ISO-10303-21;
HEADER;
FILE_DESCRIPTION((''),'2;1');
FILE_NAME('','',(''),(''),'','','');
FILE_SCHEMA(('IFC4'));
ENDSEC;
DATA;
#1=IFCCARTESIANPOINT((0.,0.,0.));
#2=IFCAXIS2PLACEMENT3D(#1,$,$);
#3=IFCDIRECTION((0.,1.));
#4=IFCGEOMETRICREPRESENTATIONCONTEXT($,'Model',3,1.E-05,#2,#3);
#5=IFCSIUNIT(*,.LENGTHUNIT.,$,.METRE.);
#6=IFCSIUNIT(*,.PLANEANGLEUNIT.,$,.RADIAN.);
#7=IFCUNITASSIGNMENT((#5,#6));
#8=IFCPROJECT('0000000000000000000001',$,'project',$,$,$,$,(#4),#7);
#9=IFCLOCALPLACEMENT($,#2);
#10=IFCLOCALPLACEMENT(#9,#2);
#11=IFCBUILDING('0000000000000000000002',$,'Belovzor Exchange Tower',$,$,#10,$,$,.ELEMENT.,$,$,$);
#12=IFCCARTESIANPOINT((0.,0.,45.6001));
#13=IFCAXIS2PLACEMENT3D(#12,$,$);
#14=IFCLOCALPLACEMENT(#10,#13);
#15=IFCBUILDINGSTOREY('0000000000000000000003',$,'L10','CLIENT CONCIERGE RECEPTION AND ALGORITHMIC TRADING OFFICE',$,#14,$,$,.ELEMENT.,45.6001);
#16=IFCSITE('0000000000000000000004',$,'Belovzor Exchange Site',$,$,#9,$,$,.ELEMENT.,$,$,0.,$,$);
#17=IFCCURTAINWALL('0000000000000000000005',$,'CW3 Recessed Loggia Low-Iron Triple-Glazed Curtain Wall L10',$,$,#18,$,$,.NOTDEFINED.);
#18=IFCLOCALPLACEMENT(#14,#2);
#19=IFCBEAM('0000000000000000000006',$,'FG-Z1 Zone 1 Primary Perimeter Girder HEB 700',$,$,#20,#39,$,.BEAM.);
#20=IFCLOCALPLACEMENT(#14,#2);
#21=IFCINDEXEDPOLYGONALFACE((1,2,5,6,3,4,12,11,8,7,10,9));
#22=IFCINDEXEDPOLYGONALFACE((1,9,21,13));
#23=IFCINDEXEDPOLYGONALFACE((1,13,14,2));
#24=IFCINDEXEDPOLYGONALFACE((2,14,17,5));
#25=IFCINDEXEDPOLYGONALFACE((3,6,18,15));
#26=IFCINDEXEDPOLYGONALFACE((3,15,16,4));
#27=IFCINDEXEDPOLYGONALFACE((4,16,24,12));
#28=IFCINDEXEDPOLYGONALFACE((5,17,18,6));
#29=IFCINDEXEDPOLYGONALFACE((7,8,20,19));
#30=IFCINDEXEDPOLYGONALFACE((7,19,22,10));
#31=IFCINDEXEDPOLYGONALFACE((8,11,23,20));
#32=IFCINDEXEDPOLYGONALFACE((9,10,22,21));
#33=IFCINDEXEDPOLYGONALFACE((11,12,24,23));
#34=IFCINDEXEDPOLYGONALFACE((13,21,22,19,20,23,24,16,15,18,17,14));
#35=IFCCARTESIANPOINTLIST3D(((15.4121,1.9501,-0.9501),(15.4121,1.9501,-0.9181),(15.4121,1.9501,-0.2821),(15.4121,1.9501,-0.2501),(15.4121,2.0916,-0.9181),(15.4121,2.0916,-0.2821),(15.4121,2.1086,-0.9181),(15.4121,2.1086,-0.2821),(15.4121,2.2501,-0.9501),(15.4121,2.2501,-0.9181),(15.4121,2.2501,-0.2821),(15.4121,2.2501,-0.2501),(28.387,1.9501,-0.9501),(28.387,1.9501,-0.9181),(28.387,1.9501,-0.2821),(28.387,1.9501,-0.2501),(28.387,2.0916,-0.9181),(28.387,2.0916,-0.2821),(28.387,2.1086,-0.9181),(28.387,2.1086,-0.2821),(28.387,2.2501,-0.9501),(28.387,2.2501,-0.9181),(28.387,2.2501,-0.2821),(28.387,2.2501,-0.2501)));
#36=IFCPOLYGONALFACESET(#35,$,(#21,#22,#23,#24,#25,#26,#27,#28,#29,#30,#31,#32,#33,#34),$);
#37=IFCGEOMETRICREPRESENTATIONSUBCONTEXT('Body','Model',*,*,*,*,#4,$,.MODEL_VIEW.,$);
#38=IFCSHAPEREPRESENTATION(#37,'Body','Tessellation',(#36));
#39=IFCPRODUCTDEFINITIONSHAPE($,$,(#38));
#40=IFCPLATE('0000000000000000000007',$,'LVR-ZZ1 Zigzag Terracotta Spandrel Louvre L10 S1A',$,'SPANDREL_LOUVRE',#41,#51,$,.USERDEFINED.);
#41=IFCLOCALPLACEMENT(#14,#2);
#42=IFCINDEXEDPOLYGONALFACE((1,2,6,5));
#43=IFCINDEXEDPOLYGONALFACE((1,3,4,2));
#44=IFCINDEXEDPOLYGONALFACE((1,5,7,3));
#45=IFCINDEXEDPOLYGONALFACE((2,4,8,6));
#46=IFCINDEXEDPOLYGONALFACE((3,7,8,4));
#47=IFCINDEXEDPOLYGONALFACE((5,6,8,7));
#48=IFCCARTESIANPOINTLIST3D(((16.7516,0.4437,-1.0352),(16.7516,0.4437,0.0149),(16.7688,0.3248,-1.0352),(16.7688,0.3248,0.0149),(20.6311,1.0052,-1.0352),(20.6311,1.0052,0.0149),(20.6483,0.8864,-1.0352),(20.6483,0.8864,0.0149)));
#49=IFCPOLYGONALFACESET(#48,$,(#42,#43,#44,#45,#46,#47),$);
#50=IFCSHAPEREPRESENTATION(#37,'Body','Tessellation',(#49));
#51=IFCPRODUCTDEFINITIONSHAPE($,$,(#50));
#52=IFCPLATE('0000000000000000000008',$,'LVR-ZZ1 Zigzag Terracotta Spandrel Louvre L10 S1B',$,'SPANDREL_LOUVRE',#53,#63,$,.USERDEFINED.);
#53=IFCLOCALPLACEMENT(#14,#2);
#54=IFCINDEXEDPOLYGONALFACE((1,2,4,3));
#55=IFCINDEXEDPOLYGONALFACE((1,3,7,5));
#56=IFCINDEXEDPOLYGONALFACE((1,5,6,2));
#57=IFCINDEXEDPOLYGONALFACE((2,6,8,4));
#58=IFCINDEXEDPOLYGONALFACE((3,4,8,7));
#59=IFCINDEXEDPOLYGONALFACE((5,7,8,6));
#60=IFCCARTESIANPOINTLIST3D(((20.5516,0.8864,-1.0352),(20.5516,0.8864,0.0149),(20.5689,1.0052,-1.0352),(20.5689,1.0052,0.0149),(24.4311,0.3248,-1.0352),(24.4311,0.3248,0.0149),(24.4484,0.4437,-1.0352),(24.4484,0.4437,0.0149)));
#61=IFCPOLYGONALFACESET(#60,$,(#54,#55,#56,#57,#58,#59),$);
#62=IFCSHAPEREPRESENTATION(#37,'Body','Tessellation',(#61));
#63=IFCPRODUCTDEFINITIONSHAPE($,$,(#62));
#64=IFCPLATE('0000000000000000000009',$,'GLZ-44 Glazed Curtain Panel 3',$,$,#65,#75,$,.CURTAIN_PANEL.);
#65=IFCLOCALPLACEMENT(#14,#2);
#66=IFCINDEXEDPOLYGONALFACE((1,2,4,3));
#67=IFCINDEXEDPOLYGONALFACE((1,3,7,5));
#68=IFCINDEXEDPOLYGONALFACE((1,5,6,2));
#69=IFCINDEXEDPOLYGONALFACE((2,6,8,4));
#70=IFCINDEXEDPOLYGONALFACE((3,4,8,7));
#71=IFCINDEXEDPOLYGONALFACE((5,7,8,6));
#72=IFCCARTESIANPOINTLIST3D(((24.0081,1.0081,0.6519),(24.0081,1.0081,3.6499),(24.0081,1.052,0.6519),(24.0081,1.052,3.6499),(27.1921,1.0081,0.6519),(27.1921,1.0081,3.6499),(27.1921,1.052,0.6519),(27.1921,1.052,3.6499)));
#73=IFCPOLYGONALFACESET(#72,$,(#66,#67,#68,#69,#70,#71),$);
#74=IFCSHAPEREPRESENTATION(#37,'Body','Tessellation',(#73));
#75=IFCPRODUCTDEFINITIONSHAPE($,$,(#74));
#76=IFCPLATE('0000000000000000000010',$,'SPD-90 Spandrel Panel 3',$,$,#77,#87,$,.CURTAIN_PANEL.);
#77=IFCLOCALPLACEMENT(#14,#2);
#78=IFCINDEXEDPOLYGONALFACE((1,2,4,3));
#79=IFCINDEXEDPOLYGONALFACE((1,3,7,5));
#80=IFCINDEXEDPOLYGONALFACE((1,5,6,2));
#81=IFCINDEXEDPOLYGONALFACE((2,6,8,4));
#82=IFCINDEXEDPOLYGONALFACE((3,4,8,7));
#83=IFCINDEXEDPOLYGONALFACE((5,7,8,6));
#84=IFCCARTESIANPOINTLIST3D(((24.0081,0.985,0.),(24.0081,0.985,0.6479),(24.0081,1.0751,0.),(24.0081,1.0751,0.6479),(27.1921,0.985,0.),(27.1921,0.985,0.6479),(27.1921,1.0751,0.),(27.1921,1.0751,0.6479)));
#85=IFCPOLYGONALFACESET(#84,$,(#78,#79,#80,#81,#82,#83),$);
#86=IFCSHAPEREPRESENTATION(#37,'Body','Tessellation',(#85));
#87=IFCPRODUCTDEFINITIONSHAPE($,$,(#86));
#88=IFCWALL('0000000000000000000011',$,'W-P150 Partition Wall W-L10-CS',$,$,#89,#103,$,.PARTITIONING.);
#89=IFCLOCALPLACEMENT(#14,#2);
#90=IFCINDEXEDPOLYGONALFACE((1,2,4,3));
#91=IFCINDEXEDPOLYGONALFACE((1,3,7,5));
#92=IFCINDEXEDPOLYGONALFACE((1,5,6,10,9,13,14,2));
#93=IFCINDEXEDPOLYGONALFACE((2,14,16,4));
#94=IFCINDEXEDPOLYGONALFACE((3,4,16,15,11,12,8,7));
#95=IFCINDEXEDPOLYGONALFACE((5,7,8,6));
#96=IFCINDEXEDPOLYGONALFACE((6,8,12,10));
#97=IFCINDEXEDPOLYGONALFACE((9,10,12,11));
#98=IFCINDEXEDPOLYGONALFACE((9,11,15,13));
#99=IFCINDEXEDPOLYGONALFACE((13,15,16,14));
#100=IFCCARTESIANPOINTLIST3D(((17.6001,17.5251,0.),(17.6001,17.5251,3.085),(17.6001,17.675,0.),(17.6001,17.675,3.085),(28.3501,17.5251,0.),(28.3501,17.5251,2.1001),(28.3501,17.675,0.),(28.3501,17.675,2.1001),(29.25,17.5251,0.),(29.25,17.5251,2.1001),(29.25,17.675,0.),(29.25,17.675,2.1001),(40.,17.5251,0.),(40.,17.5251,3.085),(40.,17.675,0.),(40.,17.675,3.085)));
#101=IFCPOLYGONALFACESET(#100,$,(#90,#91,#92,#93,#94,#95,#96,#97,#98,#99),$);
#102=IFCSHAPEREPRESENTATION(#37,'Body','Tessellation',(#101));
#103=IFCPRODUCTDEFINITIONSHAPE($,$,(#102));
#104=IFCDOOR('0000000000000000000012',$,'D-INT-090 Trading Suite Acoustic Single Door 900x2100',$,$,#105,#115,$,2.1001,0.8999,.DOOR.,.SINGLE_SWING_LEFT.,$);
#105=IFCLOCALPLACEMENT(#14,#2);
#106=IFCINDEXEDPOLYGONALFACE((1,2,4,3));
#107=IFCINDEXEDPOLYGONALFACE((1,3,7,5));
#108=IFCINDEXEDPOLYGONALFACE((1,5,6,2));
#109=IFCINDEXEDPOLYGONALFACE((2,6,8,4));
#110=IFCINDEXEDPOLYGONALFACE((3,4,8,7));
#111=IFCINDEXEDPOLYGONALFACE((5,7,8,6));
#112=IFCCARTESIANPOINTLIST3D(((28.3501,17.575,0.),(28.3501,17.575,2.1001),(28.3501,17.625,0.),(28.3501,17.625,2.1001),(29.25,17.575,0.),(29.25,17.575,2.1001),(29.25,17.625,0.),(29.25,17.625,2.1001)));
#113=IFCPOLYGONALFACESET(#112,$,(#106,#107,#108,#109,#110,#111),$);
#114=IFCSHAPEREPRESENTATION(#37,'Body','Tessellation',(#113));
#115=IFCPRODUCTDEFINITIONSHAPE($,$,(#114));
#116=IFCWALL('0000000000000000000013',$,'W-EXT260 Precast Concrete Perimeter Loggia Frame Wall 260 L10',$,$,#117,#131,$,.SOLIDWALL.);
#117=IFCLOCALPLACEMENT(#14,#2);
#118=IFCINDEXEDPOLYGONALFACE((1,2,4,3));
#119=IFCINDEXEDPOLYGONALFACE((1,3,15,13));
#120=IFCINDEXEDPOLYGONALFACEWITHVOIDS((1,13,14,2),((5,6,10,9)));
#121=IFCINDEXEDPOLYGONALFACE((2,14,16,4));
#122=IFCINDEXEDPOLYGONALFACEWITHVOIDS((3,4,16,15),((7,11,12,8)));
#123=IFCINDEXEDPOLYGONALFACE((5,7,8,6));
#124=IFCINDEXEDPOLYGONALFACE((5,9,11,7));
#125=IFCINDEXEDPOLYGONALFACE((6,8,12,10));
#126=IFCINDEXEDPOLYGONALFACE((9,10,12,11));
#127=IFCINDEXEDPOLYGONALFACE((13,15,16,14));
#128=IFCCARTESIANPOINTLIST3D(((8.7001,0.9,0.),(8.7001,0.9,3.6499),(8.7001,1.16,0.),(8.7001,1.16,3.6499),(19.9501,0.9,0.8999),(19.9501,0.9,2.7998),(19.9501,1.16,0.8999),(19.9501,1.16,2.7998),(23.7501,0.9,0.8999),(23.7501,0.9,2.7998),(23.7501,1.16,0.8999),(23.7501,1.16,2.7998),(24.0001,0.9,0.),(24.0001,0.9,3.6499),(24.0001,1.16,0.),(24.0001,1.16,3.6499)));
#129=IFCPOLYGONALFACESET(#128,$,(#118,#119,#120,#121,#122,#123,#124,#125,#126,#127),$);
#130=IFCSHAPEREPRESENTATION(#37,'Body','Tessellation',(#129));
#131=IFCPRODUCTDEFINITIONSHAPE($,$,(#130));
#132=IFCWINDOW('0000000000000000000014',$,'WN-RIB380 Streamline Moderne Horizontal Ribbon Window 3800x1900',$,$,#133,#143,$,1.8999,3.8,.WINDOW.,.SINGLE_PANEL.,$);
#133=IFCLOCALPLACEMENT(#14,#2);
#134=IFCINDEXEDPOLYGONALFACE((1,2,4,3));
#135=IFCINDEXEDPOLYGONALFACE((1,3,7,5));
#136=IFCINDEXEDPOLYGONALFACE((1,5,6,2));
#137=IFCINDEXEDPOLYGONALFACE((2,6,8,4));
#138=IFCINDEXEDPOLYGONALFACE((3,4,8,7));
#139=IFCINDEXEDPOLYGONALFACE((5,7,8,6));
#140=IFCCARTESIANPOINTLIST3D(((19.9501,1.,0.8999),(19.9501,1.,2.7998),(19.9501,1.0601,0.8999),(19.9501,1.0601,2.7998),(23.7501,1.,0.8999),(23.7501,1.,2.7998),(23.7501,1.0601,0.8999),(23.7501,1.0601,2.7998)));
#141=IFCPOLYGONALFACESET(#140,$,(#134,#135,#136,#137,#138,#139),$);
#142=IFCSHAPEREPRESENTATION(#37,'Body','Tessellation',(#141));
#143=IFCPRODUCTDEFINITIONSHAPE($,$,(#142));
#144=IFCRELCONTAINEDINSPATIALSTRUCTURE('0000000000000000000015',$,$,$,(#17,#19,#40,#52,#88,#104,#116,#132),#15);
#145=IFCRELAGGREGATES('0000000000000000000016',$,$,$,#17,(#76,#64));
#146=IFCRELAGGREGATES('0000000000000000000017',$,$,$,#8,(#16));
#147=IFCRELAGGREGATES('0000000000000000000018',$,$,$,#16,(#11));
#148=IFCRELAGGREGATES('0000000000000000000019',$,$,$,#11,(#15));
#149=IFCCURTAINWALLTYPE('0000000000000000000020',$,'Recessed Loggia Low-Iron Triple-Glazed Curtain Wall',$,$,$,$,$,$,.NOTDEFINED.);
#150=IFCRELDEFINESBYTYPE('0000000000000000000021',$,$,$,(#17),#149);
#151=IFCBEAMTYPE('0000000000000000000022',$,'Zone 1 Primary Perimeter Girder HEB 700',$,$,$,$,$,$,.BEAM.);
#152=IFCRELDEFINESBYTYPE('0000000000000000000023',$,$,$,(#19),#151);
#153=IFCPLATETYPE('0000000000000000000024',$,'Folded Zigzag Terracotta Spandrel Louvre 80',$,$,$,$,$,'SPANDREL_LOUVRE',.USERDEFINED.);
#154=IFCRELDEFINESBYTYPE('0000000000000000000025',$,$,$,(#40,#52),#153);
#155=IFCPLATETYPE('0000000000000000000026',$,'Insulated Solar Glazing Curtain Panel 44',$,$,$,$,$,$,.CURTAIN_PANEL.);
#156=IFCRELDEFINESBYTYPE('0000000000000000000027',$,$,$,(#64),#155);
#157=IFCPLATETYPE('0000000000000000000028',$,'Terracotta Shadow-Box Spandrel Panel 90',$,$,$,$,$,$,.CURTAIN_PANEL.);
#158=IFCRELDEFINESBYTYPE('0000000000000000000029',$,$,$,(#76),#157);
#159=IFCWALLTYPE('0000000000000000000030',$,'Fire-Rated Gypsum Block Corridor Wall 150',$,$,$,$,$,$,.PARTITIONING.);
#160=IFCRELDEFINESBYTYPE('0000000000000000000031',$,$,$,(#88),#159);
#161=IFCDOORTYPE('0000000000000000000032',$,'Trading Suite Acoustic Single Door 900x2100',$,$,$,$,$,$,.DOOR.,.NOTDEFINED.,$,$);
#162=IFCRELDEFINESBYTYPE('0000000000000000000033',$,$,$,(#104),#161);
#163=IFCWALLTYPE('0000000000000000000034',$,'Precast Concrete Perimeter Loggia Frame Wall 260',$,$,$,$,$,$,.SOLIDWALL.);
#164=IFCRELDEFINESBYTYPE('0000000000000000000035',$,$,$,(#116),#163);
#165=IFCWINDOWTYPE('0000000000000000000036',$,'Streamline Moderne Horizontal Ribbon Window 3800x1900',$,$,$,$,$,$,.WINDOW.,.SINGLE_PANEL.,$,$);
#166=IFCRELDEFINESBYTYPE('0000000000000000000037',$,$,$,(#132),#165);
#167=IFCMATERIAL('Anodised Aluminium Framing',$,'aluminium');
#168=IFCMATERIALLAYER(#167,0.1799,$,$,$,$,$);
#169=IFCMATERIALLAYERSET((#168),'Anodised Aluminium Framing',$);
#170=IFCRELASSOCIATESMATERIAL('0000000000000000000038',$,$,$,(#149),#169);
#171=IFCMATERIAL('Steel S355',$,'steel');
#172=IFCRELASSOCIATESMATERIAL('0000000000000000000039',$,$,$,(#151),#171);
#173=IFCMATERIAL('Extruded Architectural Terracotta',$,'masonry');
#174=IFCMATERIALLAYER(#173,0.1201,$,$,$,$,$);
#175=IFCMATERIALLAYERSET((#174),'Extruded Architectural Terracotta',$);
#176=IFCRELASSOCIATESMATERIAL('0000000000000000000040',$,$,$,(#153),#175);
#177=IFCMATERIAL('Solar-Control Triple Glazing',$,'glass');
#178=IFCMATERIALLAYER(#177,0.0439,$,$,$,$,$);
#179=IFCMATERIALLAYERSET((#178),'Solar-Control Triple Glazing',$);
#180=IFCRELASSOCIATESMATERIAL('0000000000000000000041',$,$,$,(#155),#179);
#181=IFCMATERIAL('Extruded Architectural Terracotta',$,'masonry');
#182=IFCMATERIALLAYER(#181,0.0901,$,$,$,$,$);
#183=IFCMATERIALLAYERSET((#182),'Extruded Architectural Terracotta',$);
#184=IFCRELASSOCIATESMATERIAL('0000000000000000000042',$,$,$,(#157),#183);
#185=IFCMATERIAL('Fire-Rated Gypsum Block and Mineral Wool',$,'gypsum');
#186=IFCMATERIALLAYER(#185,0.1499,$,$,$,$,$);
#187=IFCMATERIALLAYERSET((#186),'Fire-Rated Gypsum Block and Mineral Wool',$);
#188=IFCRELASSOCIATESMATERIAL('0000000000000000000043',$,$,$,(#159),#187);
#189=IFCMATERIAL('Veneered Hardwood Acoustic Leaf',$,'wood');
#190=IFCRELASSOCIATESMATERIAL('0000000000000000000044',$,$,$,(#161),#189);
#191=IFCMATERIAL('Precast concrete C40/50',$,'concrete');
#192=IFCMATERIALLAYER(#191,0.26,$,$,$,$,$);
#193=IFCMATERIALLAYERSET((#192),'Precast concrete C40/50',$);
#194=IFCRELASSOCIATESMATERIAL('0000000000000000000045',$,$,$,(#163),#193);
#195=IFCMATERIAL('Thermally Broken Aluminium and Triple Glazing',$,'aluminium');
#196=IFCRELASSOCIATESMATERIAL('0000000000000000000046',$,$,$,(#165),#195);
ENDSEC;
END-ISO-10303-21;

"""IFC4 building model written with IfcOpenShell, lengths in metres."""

from ifc_helpers import new_model, si_unit, direction, frame, frame_2d, origin, origin_2d, place, context, subcontext, project, spatial, rectangle, i_section, extrude, material, layer, layer_set, material_profile, profile_set, type_object, element, fill, aggregate, save


model = new_model("IFC4")

# Units and contexts
model_context = context("Model", 3, precision=1e-05, world=origin(), true_north=direction((0.0, 1.0)))
body_context = subcontext(model_context, "Body", "Model", "MODEL_VIEW")
ifc_project = project(units=[si_unit("LENGTHUNIT", "METRE"), si_unit("PLANEANGLEUNIT", "RADIAN")], contexts=[model_context])

# Site, building, storey
site_placement = place(None, origin())
site = spatial("IfcSite", under=ifc_project, at=site_placement, Name="Belovzor Exchange Site", CompositionType="ELEMENT", RefElevation=0.0)
building_placement = place(site_placement, origin())
building = spatial("IfcBuilding", under=site, at=building_placement, Name="Belovzor Exchange Tower", CompositionType="ELEMENT")
storey_placement = place(building_placement, frame((0.0, 0.0, 45.6001)))
storey = spatial("IfcBuildingStorey", under=building, at=storey_placement, Name="L10", Description="CLIENT CONCIERGE RECEPTION AND ALGORITHMIC TRADING OFFICE", CompositionType="ELEMENT", Elevation=45.6001)

# Curtain wall
ifc_material_1 = material(Name="Anodised Aluminium Framing", Category="aluminium")
ifc_layer_1 = layer(ifc_material_1, 0.1799)
ifc_layer_set_1 = layer_set([ifc_layer_1], Name="Anodised Aluminium Framing")
curtain_wall_type = type_object("IfcCurtainWallType", Name="Recessed Loggia Low-Iron Triple-Glazed Curtain Wall", PredefinedType="NOTDEFINED", material=ifc_layer_set_1)
curtain_wall_placement = place(storey_placement, origin())
curtain_wall = element("IfcCurtainWall", 1, at=curtain_wall_placement, inside=storey, type_object=curtain_wall_type, Name="CW3 Recessed Loggia Low-Iron Triple-Glazed Curtain Wall L10", PredefinedType="NOTDEFINED")

# Beam
ifc_material_2 = material(Name="Steel S355", Category="steel")
ifc_material_profile_1 = material_profile(ifc_material_2, i_section(OverallWidth=0.3, OverallDepth=0.7, WebThickness=0.0171, FlangeThickness=0.032, at=origin_2d()))
ifc_profile_set_1 = profile_set([ifc_material_profile_1], Name="Steel S355")
beam_type_1 = type_object("IfcBeamType", Name="Zone 1 Primary Perimeter Girder HEB 700", PredefinedType="BEAM", material=ifc_profile_set_1)
beam_1_placement = place(storey_placement, frame((15.4121, 2.1001, -0.6001), z_axis=(1.0, 0.0, 0.0), x_axis=(0.0, 1.0, 0.0)))
element("IfcBeam", 2, at=beam_1_placement, inside=storey, type_object=beam_type_1, Name="FG-Z1 Zone 1 Primary Perimeter Girder HEB 700", PredefinedType="BEAM", context=body_context, shape_type="SweptSolid", body=[
    extrude(i_section(OverallWidth=0.3, OverallDepth=0.7, WebThickness=0.0171, FlangeThickness=0.032, at=origin_2d()), origin(), (0.0, 0.0, 1.0), 12.9749),
])

# Plates
ifc_material_3 = material(Name="Extruded Architectural Terracotta", Category="masonry")
ifc_layer_2 = layer(ifc_material_3, 0.1201)
ifc_layer_set_2 = layer_set([ifc_layer_2], Name="Extruded Architectural Terracotta")
plate_type_1 = type_object("IfcPlateType", Name="Folded Zigzag Terracotta Spandrel Louvre 80", ElementType="SPANDREL_LOUVRE", PredefinedType="USERDEFINED", material=ifc_layer_set_2)
for number, where, z_axis, x_axis, name in (
    (3, (18.7, 0.665, -1.0352), (0.0, 0.0, 1.0), (0.989686, 0.143251, 0.0), "LVR-ZZ1 Zigzag Terracotta Spandrel Louvre L10 S1A"),
    (4, (22.5, 0.665, -1.0352), (0.0, 0.0, 1.0), (0.989686, -0.143251, 0.0), "LVR-ZZ1 Zigzag Terracotta Spandrel Louvre L10 S1B"),
):
    element("IfcPlate", number, at=place(storey_placement, frame(where, z_axis=z_axis, x_axis=x_axis)), inside=storey, type_object=plate_type_1, Name=name, ObjectType="SPANDREL_LOUVRE", PredefinedType="USERDEFINED", context=body_context, shape_type="SweptSolid", body=[
        extrude(rectangle(XDim=3.9199, YDim=0.1201, at=origin_2d()), origin(), (0.0, 0.0, 1.0), 1.05),
    ])

# Plates
ifc_material_4 = material(Name="Solar-Control Triple Glazing", Category="glass")
ifc_layer_3 = layer(ifc_material_4, 0.0439)
ifc_layer_set_3 = layer_set([ifc_layer_3], Name="Solar-Control Triple Glazing")
plate_type_2 = type_object("IfcPlateType", Name="Insulated Solar Glazing Curtain Panel 44", PredefinedType="CURTAIN_PANEL", material=ifc_layer_set_3)
plate_1_placement = place(storey_placement, frame((25.6001, 1.03, 0.6519), z_axis=(0.0, 0.0, 1.0), x_axis=(-1.0, 0.0, 0.0)))
plate_1 = element("IfcPlate", 5, at=plate_1_placement, type_object=plate_type_2, Name="GLZ-44 Glazed Curtain Panel 3", PredefinedType="CURTAIN_PANEL", context=body_context, shape_type="SweptSolid", body=[
    extrude(rectangle(XDim=3.1841, YDim=0.0439, at=origin_2d()), origin(), (0.0, 0.0, 1.0), 2.998),
])
ifc_material_5 = material(Name="Extruded Architectural Terracotta", Category="masonry")
ifc_layer_4 = layer(ifc_material_5, 0.0901)
ifc_layer_set_4 = layer_set([ifc_layer_4], Name="Extruded Architectural Terracotta")
plate_type_3 = type_object("IfcPlateType", Name="Terracotta Shadow-Box Spandrel Panel 90", PredefinedType="CURTAIN_PANEL", material=ifc_layer_set_4)
plate_2_placement = place(storey_placement, frame((25.6001, 1.03, 0.0), z_axis=(0.0, 0.0, 1.0), x_axis=(-1.0, 0.0, 0.0)))
plate_2 = element("IfcPlate", 6, at=plate_2_placement, type_object=plate_type_3, Name="SPD-90 Spandrel Panel 3", PredefinedType="CURTAIN_PANEL", context=body_context, shape_type="SweptSolid", body=[
    extrude(rectangle(XDim=3.1841, YDim=0.0901, at=origin_2d()), origin(), (0.0, 0.0, 1.0), 0.6479),
])
aggregate(curtain_wall, [plate_2, plate_1])

# Wall, opening, door
ifc_material_6 = material(Name="Fire-Rated Gypsum Block and Mineral Wool", Category="gypsum")
ifc_layer_5 = layer(ifc_material_6, 0.1499)
ifc_layer_set_5 = layer_set([ifc_layer_5], Name="Fire-Rated Gypsum Block and Mineral Wool")
wall_type_1 = type_object("IfcWallType", Name="Fire-Rated Gypsum Block Corridor Wall 150", PredefinedType="PARTITIONING", material=ifc_layer_set_5)
wall_1_placement = place(storey_placement, frame((17.6001, 17.6001, 0.0), z_axis=(0.0, 0.0, 1.0), x_axis=(1.0, 0.0, 0.0)))
wall_1 = element("IfcWall", 7, at=wall_1_placement, inside=storey, type_object=wall_type_1, Name="W-P150 Partition Wall W-L10-CS", PredefinedType="PARTITIONING", context=body_context, shape_type="SweptSolid", body=[
    extrude(rectangle(XDim=22.3999, YDim=0.1499, at=frame_2d((11.2, 0.0))), origin(), (0.0, 0.0, 1.0), 3.085),
])
opening_1_placement = place(wall_1_placement, frame((10.75, 0.0, 0.0)))
opening_1 = element("IfcOpeningElement", 8, at=opening_1_placement, cuts=wall_1, PredefinedType="OPENING", context=body_context, shape_type="SweptSolid", body=[
    extrude(rectangle(XDim=0.8999, YDim=2.1001, at=frame_2d((0.45, 1.05))), frame((0.0, 0.085, 0.0), z_axis=(0.0, -1.0, 0.0), x_axis=(1.0, 0.0, 0.0)), (0.0, 0.0, 1.0), 0.1699),
])
ifc_material_7 = material(Name="Veneered Hardwood Acoustic Leaf", Category="wood")
door_type = type_object("IfcDoorType", Name="Trading Suite Acoustic Single Door 900x2100", OperationType="NOTDEFINED", PredefinedType="DOOR", material=ifc_material_7)
door_placement = place(opening_1_placement, origin())
door = element("IfcDoor", 9, at=door_placement, inside=storey, type_object=door_type, Name="D-INT-090 Trading Suite Acoustic Single Door 900x2100", OperationType="SINGLE_SWING_LEFT", OverallHeight=2.1001, OverallWidth=0.8999, PredefinedType="DOOR", context=body_context, shape_type="SweptSolid", body=[
    extrude(rectangle(XDim=0.8999, YDim=2.1001, at=frame_2d((0.45, 1.05))), frame((0.0, 0.0249, 0.0), z_axis=(0.0, -1.0, 0.0), x_axis=(1.0, 0.0, 0.0)), (0.0, 0.0, 1.0), 0.05),
])
fill(opening_1, door)

# Wall, opening, window
ifc_material_8 = material(Name="Precast concrete C40/50", Category="concrete")
ifc_layer_6 = layer(ifc_material_8, 0.26)
ifc_layer_set_6 = layer_set([ifc_layer_6], Name="Precast concrete C40/50")
wall_type_2 = type_object("IfcWallType", Name="Precast Concrete Perimeter Loggia Frame Wall 260", PredefinedType="SOLIDWALL", material=ifc_layer_set_6)
wall_2_placement = place(storey_placement, frame((24.0, 1.03, 0.0), z_axis=(0.0, 0.0, 1.0), x_axis=(-1.0, 0.0, 0.0)))
wall_2 = element("IfcWall", 10, at=wall_2_placement, inside=storey, type_object=wall_type_2, Name="W-EXT260 Precast Concrete Perimeter Loggia Frame Wall 260 L10", PredefinedType="SOLIDWALL", context=body_context, shape_type="SweptSolid", body=[
    extrude(rectangle(XDim=15.3, YDim=0.26, at=frame_2d((7.6499, 0.0))), origin(), (0.0, 0.0, 1.0), 3.6499),
])
opening_2_placement = place(wall_2_placement, frame((0.25, 0.0, 0.8999)))
opening_2 = element("IfcOpeningElement", 11, at=opening_2_placement, cuts=wall_2, PredefinedType="OPENING", context=body_context, shape_type="SweptSolid", body=[
    extrude(rectangle(XDim=3.8, YDim=1.8999, at=frame_2d((1.8999, 0.95))), frame((0.0, 0.1399, 0.0), z_axis=(0.0, -1.0, 0.0), x_axis=(1.0, 0.0, 0.0)), (0.0, 0.0, 1.0), 0.28),
])
ifc_material_9 = material(Name="Thermally Broken Aluminium and Triple Glazing", Category="aluminium")
window_type = type_object("IfcWindowType", Name="Streamline Moderne Horizontal Ribbon Window 3800x1900", PartitioningType="SINGLE_PANEL", PredefinedType="WINDOW", material=ifc_material_9)
window_placement = place(opening_2_placement, origin())
window = element("IfcWindow", 12, at=window_placement, inside=storey, type_object=window_type, Name="WN-RIB380 Streamline Moderne Horizontal Ribbon Window 3800x1900", OverallHeight=1.8999, OverallWidth=3.8, PartitioningType="SINGLE_PANEL", PredefinedType="WINDOW", context=body_context, shape_type="SweptSolid", body=[
    extrude(rectangle(XDim=3.8, YDim=1.8999, at=frame_2d((1.8999, 0.95))), frame((0.0, 0.03, 0.0), z_axis=(0.0, -1.0, 0.0), x_axis=(1.0, 0.0, 0.0)), (0.0, 0.0, 1.0), 0.0601),
])
fill(opening_2, window)

save(model, "model.ifc")
